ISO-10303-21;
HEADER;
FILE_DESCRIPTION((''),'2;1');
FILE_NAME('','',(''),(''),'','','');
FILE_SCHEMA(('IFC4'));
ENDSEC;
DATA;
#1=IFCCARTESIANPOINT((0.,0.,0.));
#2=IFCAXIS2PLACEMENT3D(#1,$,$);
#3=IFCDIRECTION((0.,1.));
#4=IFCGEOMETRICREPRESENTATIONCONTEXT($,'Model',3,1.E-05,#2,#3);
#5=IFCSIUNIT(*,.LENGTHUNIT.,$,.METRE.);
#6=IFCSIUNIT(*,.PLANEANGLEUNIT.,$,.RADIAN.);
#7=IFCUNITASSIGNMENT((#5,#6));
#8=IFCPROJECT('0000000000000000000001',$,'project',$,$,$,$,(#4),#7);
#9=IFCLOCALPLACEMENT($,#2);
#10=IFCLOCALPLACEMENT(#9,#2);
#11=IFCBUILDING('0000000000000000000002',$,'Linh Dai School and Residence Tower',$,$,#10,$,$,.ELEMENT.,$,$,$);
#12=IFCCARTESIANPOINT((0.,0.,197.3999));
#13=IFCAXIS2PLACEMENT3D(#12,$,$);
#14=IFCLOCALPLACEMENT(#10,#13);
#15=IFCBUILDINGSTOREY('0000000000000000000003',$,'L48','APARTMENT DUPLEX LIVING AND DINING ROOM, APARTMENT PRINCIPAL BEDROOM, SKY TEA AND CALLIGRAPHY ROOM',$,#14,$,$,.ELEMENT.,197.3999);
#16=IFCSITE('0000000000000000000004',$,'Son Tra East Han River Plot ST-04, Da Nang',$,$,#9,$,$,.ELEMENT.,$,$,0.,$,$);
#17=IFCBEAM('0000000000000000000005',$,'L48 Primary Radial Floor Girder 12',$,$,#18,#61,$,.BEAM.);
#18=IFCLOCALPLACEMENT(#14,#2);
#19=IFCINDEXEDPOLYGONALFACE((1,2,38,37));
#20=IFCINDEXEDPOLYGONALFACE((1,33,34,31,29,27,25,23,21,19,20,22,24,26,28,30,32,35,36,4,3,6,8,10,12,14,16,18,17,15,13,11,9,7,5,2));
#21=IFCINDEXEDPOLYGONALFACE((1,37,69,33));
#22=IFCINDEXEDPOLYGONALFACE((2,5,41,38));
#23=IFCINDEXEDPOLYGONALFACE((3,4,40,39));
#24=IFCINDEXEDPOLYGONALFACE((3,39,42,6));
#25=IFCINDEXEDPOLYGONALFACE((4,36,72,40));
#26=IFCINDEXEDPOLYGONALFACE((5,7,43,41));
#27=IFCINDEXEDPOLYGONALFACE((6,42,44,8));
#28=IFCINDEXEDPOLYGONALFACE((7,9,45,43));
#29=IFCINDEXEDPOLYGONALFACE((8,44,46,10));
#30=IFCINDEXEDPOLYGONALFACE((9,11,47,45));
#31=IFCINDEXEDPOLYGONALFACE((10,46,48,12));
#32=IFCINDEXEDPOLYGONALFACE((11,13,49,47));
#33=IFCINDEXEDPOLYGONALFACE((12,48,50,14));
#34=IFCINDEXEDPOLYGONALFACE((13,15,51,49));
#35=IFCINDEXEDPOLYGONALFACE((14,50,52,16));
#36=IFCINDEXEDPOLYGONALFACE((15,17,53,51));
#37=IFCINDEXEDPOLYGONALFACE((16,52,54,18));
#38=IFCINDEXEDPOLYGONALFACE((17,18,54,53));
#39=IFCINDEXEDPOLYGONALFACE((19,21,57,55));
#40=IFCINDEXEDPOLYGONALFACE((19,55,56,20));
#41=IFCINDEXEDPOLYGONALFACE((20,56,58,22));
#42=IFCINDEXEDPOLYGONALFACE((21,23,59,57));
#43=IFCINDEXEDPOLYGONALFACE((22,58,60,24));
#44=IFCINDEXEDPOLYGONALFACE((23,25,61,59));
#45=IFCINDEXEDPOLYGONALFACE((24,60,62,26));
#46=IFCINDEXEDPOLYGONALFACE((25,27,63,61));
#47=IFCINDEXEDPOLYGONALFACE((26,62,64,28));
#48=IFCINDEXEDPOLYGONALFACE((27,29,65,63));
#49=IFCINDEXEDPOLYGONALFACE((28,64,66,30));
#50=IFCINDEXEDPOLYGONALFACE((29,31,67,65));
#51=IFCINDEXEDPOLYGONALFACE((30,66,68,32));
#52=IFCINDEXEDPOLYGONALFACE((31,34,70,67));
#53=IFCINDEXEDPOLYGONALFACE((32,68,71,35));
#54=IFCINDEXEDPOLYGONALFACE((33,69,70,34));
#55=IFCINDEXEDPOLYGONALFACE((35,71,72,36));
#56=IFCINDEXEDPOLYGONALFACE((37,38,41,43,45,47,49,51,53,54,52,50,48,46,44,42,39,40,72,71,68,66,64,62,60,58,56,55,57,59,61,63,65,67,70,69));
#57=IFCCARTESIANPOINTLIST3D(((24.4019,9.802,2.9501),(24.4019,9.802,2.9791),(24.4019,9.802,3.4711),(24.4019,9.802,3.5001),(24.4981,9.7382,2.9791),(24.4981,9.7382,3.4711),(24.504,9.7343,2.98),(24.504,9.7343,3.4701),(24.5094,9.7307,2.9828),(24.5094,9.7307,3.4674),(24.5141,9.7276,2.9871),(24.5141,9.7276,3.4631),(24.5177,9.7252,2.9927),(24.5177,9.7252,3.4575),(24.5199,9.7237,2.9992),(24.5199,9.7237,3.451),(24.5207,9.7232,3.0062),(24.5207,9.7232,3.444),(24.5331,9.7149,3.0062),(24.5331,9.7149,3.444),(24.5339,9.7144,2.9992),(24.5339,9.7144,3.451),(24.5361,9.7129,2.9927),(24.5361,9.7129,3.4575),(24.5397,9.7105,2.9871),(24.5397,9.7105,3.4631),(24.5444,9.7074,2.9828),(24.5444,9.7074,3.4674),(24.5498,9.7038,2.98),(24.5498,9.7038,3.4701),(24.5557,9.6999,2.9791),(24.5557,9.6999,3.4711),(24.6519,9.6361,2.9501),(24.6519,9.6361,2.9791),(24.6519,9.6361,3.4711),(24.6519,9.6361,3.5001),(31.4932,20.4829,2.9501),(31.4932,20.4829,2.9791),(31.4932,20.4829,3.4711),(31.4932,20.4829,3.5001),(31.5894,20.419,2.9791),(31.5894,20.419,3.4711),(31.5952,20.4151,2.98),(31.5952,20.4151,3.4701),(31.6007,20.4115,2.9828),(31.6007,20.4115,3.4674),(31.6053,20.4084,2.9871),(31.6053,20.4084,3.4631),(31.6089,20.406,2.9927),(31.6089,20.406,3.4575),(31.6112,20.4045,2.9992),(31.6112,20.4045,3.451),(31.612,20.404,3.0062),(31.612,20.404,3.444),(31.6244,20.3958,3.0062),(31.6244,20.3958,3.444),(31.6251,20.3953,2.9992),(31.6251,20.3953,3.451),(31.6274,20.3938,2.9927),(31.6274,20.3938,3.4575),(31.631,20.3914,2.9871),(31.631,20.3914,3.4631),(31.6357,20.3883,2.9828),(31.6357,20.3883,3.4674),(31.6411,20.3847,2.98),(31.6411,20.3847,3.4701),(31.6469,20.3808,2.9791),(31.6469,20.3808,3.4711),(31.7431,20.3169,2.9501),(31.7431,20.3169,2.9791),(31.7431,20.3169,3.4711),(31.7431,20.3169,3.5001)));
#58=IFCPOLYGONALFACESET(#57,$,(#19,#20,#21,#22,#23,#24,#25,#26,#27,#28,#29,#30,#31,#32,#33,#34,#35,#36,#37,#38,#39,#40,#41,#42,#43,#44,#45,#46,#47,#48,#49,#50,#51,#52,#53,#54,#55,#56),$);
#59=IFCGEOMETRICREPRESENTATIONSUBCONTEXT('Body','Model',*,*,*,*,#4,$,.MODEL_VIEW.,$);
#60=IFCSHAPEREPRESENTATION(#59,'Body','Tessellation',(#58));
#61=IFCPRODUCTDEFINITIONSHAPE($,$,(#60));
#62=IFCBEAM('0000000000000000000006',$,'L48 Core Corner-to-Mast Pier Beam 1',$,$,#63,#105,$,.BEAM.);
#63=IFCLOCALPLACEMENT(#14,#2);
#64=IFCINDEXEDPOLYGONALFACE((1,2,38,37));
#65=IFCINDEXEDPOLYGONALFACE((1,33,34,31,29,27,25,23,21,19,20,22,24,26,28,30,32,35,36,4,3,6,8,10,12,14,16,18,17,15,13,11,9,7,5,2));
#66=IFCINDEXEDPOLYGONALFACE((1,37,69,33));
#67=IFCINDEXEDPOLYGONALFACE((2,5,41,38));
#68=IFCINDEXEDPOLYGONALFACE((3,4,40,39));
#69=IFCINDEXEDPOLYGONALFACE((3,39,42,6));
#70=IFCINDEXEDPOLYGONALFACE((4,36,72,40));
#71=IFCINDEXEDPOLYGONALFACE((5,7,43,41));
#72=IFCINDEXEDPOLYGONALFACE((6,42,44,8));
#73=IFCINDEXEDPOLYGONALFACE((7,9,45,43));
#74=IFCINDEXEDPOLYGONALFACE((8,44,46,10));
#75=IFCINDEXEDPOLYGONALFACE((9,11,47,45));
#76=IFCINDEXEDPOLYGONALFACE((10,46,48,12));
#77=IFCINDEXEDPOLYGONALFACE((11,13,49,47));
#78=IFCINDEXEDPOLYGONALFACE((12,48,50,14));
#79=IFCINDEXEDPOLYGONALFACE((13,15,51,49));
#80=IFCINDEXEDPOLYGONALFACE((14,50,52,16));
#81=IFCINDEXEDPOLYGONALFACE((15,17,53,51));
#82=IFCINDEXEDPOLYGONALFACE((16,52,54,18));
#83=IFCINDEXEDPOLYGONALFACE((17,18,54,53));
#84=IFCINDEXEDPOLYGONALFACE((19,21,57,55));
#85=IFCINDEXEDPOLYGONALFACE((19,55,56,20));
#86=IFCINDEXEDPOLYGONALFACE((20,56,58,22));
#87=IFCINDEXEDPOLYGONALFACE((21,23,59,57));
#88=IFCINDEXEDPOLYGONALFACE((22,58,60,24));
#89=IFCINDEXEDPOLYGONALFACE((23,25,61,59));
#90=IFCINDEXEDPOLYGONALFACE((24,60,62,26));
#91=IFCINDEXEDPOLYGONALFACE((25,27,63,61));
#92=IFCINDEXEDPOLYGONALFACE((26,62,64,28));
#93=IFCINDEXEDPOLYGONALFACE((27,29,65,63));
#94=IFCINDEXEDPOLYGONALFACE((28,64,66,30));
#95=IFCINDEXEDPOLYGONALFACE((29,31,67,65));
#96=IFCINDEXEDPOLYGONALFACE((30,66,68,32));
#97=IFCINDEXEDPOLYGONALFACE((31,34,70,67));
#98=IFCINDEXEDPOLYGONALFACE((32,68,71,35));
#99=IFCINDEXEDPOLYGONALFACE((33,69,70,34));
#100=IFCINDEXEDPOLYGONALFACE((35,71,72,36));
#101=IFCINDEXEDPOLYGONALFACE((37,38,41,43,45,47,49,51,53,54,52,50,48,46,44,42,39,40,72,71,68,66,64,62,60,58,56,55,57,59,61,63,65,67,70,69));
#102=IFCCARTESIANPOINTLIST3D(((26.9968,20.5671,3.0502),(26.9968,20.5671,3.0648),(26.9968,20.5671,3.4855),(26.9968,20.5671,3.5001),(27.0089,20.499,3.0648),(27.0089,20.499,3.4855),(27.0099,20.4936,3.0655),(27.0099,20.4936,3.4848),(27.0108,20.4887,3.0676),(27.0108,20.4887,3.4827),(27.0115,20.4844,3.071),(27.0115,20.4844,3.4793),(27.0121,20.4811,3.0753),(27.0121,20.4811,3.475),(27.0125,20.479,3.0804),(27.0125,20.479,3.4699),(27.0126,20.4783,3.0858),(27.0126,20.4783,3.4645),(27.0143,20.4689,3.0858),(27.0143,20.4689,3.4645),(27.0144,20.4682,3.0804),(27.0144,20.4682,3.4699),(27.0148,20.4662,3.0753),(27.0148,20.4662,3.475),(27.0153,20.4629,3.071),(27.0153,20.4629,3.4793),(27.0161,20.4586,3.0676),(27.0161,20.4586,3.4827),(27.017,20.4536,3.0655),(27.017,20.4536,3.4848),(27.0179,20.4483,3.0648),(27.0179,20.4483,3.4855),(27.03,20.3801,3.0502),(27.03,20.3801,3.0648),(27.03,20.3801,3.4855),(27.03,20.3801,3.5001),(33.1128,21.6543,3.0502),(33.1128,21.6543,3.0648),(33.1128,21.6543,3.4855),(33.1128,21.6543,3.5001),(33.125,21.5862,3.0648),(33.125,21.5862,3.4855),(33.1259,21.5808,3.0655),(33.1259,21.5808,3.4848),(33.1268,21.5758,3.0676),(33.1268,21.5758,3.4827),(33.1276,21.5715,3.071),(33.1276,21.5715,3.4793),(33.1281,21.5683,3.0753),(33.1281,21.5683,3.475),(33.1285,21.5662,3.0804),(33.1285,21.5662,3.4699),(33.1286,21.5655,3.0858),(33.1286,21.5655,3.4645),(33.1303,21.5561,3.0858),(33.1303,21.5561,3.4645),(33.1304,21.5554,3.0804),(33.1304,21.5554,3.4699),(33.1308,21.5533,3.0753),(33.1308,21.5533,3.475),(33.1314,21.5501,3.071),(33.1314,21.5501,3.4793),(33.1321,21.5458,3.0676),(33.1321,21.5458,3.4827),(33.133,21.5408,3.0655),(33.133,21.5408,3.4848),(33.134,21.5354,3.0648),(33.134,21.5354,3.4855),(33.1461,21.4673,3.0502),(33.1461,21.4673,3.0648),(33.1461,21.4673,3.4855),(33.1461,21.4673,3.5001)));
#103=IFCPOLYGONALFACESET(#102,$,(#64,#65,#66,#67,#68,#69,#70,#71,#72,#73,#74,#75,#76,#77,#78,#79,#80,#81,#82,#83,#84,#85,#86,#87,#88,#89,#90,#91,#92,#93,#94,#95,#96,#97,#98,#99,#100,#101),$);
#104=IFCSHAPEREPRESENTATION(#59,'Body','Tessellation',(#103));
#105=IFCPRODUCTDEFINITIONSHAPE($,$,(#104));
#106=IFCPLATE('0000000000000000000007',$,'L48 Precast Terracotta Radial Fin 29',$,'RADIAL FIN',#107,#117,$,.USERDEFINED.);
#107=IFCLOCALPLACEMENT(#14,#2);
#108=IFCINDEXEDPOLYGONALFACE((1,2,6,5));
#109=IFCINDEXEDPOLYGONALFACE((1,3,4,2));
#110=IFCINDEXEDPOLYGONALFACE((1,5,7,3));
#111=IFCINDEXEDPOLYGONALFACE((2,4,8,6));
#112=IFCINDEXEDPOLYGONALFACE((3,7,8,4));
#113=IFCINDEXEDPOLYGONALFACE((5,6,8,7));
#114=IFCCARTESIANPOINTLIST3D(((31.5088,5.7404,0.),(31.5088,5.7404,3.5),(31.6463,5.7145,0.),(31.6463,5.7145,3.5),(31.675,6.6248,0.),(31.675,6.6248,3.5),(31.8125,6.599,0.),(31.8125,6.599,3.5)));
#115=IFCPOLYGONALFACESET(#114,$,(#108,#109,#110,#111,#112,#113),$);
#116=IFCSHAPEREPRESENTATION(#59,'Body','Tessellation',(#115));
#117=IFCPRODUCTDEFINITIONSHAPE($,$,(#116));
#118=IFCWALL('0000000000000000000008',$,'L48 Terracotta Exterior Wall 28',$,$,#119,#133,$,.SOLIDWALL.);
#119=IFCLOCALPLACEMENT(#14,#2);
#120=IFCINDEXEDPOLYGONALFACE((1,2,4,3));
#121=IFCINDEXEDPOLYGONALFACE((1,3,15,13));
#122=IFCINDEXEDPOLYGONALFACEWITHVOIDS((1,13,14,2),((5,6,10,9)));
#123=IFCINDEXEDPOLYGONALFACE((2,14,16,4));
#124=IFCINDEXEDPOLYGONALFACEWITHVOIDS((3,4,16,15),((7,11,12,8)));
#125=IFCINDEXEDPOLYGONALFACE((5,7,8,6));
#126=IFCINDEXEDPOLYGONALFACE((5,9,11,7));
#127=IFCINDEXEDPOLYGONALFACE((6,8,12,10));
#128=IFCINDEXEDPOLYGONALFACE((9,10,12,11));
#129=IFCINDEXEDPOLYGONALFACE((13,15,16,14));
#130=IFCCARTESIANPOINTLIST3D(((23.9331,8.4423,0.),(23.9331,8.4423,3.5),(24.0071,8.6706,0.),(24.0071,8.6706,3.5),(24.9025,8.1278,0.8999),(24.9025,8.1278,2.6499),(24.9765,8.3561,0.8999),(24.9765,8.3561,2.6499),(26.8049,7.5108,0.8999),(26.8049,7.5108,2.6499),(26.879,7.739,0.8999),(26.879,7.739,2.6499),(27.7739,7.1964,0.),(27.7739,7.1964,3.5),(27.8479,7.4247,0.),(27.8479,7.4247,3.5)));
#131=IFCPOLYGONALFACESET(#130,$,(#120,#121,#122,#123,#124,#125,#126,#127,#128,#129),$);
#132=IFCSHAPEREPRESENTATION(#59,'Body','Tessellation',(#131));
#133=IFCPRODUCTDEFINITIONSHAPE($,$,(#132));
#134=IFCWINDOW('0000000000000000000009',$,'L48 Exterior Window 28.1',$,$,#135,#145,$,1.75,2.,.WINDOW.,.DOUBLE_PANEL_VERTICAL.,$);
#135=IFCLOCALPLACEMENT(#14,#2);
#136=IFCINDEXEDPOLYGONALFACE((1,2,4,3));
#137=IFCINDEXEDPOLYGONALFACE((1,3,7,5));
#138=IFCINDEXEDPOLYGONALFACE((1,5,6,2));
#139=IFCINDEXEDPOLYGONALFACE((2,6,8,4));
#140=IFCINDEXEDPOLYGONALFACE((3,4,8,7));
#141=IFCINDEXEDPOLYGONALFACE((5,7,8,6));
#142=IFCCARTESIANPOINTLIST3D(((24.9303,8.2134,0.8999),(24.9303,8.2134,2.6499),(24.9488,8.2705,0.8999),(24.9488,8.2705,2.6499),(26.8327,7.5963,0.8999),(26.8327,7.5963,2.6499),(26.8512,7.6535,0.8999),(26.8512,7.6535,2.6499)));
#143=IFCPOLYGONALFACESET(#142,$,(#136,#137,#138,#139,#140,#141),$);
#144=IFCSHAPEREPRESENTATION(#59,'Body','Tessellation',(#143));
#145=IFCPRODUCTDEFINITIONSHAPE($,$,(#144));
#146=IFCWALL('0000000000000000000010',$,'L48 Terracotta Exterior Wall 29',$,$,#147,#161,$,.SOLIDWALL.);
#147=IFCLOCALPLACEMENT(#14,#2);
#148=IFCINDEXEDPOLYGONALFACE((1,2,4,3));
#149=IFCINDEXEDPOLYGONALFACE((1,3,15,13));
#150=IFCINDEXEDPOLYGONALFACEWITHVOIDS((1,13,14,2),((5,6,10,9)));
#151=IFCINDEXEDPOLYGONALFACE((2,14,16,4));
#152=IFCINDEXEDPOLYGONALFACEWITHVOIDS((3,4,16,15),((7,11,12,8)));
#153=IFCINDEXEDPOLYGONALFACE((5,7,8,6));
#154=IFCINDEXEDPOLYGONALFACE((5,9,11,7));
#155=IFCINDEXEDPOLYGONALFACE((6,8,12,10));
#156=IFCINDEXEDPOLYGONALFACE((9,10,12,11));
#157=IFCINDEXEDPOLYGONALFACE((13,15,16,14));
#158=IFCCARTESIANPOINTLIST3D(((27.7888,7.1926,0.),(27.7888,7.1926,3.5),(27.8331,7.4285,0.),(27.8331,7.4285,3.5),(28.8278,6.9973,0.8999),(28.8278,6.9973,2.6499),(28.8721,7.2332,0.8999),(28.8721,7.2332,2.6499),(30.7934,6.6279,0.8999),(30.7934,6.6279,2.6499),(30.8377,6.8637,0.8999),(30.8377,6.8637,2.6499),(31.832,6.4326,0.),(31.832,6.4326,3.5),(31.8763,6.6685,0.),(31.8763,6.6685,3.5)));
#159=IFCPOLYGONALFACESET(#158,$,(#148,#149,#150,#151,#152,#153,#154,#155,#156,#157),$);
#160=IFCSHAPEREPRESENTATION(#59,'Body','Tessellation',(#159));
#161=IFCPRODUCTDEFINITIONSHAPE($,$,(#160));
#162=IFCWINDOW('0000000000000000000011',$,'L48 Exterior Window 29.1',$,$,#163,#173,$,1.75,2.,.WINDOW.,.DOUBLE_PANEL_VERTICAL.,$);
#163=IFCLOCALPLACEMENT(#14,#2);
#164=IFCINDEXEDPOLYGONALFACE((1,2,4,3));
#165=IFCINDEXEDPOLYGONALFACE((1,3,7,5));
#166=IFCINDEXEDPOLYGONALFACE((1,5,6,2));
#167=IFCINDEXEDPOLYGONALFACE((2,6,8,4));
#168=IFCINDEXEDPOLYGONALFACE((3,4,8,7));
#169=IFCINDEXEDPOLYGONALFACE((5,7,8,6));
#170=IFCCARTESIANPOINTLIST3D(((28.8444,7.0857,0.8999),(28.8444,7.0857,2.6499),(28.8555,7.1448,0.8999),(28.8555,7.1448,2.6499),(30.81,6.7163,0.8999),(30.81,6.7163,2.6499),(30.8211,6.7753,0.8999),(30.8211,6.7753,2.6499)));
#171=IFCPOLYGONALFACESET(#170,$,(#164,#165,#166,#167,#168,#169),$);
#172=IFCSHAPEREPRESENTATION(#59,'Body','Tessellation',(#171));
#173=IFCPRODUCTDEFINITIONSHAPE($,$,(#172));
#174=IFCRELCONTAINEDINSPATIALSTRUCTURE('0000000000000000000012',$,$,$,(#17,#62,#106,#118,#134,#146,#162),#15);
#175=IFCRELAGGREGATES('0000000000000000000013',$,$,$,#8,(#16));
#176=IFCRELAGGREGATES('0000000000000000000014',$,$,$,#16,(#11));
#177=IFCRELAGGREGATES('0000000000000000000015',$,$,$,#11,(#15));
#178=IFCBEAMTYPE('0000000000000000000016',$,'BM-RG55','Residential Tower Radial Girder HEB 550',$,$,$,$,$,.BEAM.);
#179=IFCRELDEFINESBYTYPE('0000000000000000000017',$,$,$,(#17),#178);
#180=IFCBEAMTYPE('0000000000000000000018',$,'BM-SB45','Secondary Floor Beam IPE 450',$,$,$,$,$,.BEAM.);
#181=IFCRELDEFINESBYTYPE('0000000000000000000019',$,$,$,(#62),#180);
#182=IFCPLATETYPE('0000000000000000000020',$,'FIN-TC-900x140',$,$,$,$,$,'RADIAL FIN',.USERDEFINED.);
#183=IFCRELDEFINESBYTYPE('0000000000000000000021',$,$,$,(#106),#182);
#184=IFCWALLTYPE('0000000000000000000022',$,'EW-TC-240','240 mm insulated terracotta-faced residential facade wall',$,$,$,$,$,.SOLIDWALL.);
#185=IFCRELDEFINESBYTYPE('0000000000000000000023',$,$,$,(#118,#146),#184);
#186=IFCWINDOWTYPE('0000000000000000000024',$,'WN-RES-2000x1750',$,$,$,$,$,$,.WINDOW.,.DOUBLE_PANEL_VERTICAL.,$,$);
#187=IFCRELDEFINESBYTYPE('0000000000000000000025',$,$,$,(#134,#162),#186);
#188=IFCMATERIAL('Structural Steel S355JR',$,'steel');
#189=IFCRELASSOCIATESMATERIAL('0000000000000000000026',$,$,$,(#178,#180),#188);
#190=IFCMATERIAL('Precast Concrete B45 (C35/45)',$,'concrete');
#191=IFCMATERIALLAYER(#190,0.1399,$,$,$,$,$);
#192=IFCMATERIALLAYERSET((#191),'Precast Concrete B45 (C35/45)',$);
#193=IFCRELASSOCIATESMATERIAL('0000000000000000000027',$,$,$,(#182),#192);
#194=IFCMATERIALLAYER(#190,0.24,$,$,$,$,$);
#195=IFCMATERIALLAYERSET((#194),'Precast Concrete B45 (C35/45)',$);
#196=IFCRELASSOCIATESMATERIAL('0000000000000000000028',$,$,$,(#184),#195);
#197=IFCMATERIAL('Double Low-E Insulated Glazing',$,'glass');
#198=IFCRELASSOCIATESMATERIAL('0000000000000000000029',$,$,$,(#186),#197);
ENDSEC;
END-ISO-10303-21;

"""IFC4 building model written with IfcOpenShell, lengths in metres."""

from ifc_helpers import new_model, si_unit, direction, frame, frame_2d, origin, origin_2d, place, context, subcontext, project, spatial, rectangle, i_section, extrude, source, transform, mapped, material, layer, layer_set, material_profile, profile_set, type_object, element, fill, save


model = new_model("IFC4")

# Units and contexts
model_context = context("Model", 3, precision=1e-05, world=origin(), true_north=direction((0.0, 1.0)))
body_context = subcontext(model_context, "Body", "Model", "MODEL_VIEW")
ifc_project = project(units=[si_unit("LENGTHUNIT", "METRE"), si_unit("PLANEANGLEUNIT", "RADIAN")], contexts=[model_context])

# Site, building, storey
site_placement = place(None, origin())
site = spatial("IfcSite", under=ifc_project, at=site_placement, Name="Son Tra East Han River Plot ST-04, Da Nang", CompositionType="ELEMENT", RefElevation=0.0)
building_placement = place(site_placement, origin())
building = spatial("IfcBuilding", under=site, at=building_placement, Name="Linh Dai School and Residence Tower", CompositionType="ELEMENT")
storey_placement = place(building_placement, frame((0.0, 0.0, 197.3999)))
storey = spatial("IfcBuildingStorey", under=building, at=storey_placement, Name="L48", Description="APARTMENT DUPLEX LIVING AND DINING ROOM, APARTMENT PRINCIPAL BEDROOM, SKY TEA AND CALLIGRAPHY ROOM", CompositionType="ELEMENT", Elevation=197.3999)

# Beams
ifc_material_1 = material(Name="Structural Steel S355JR", Category="steel")
ifc_material_profile_1 = material_profile(ifc_material_1, i_section(OverallWidth=0.3, OverallDepth=0.55, WebThickness=0.0149, FlangeThickness=0.0291, FilletRadius=0.0271, at=origin_2d()), Name="HEB 550")
ifc_profile_set_1 = profile_set([ifc_material_profile_1], Name="Structural Steel S355JR")
beam_type_1 = type_object("IfcBeamType", Name="BM-RG55", Description="Residential Tower Radial Girder HEB 550", PredefinedType="BEAM", material=ifc_profile_set_1)
beam_1_placement = place(storey_placement, frame((31.6182, 20.3999, 3.2251), z_axis=(-0.553117, -0.833103, 0.0), x_axis=(0.833103, -0.553117, 0.0)))
element("IfcBeam", 1, at=beam_1_placement, inside=storey, type_object=beam_type_1, Name="L48 Primary Radial Floor Girder 12", PredefinedType="BEAM", context=body_context, shape_type="SweptSolid", body=[
    extrude(i_section(OverallWidth=0.3, OverallDepth=0.55, WebThickness=0.0149, FlangeThickness=0.0291, FilletRadius=0.0271, at=origin_2d()), origin(), (0.0, 0.0, 1.0), 12.8206),
])
ifc_material_profile_2 = material_profile(ifc_material_1, i_section(OverallWidth=0.1899, OverallDepth=0.45, WebThickness=0.0095, FlangeThickness=0.0146, FilletRadius=0.021, at=origin_2d()), Name="IPE 450")
ifc_profile_set_2 = profile_set([ifc_material_profile_2], Name="Structural Steel S355JR")
beam_type_2 = type_object("IfcBeamType", Name="BM-SB45", Description="Secondary Floor Beam IPE 450", PredefinedType="BEAM", material=ifc_profile_set_2)
beam_2_placement = place(storey_placement, frame((27.0134, 20.4736, 3.2751), z_axis=(0.984566, 0.175014, 0.0), x_axis=(-0.175014, 0.984566, 0.0)))
element("IfcBeam", 2, at=beam_2_placement, inside=storey, type_object=beam_type_2, Name="L48 Core Corner-to-Mast Pier Beam 1", PredefinedType="BEAM", context=body_context, shape_type="SweptSolid", body=[
    extrude(i_section(OverallWidth=0.1899, OverallDepth=0.45, WebThickness=0.0095, FlangeThickness=0.0146, FilletRadius=0.021, at=origin_2d()), origin(), (0.0, 0.0, 1.0), 6.2119),
])

# Plate
ifc_material_2 = material(Name="Precast Concrete B45 (C35/45)", Category="concrete")
ifc_layer_1 = layer(ifc_material_2, 0.1399)
ifc_layer_set_1 = layer_set([ifc_layer_1], Name="Precast Concrete B45 (C35/45)")
plate_type = type_object("IfcPlateType", Name="FIN-TC-900x140", ElementType="RADIAL FIN", PredefinedType="USERDEFINED", material=ifc_layer_set_1)
shared_shape_1 = source(origin(), body_context, "Body", "SweptSolid", [
    extrude(rectangle(XDim=0.8999, YDim=0.1399, at=origin_2d()), origin(), (0.0, 0.0, 1.0), 3.5),
])
plate_placement = place(storey_placement, frame((31.6606, 6.1697, 0.0), z_axis=(0.0, 0.0, 1.0), x_axis=(-0.184763, -0.982783, 0.0)))
element("IfcPlate", 3, at=plate_placement, inside=storey, type_object=plate_type, Name="L48 Precast Terracotta Radial Fin 29", ObjectType="RADIAL FIN", PredefinedType="USERDEFINED", context=body_context, shape_type="MappedRepresentation", body=[
    mapped(shared_shape_1, transform((0.0, 0.0, 0.0), x_axis=(1.0, 0.0, 0.0), y_axis=(0.0, 1.0, 0.0), z_axis=(0.0, 0.0, 1.0), scale=1.0)),
])

# Walls, openings, windows
ifc_layer_2 = layer(ifc_material_2, 0.24)
ifc_layer_set_2 = layer_set([ifc_layer_2], Name="Precast Concrete B45 (C35/45)")
wall_type_1 = type_object("IfcWallType", Name="EW-TC-240", Description="240 mm insulated terracotta-faced residential facade wall", PredefinedType="SOLIDWALL", material=ifc_layer_set_2)
wall_1_placement = place(storey_placement, frame((27.811, 7.3105, 0.0), z_axis=(0.0, 0.0, 1.0), x_axis=(-0.95121, 0.308545, 0.0)))
wall_1 = element("IfcWall", 4, at=wall_1_placement, inside=storey, type_object=wall_type_1, Name="L48 Terracotta Exterior Wall 28", PredefinedType="SOLIDWALL", context=body_context, shape_type="SweptSolid", body=[
    extrude(rectangle(XDim=4.0378, YDim=0.24, at=frame_2d((2.019, 0.0))), origin(), (0.0, 0.0, 1.0), 3.5),
])
opening_1_placement = place(wall_1_placement, frame((1.0188, 0.0, 0.8999)))
opening_1 = element("IfcOpeningElement", 5, at=opening_1_placement, cuts=wall_1, PredefinedType="OPENING", context=body_context, shape_type="SweptSolid", body=[
    extrude(rectangle(XDim=2.0, YDim=1.75, at=origin_2d()), frame((1.0, 0.1299, 0.875), z_axis=(0.0, -1.0, 0.0), x_axis=(1.0, 0.0, 0.0)), (0.0, 0.0, 1.0), 0.26),
])
ifc_material_3 = material(Name="Double Low-E Insulated Glazing", Category="glass")
window_type = type_object("IfcWindowType", Name="WN-RES-2000x1750", PartitioningType="DOUBLE_PANEL_VERTICAL", PredefinedType="WINDOW", material=ifc_material_3)
shared_shape_2 = source(origin(), body_context, "Body", "SweptSolid", [
    extrude(rectangle(XDim=2.0, YDim=1.75, at=origin_2d()), frame((1.0, 0.03, 0.875), z_axis=(0.0, -1.0, 0.0), x_axis=(1.0, 0.0, 0.0)), (0.0, 0.0, 1.0), 0.0601),
])
window_1_placement = place(opening_1_placement, origin())
window_1 = element("IfcWindow", 6, at=window_1_placement, inside=storey, type_object=window_type, Name="L48 Exterior Window 28.1", OverallHeight=1.75, OverallWidth=2.0, PartitioningType="DOUBLE_PANEL_VERTICAL", PredefinedType="WINDOW", context=body_context, shape_type="MappedRepresentation", body=[
    mapped(shared_shape_2, transform((0.0, 0.0, 0.0), x_axis=(1.0, 0.0, 0.0), y_axis=(0.0, 1.0, 0.0), z_axis=(0.0, 0.0, 1.0), scale=1.0)),
])
fill(opening_1, window_1)
wall_2_placement = place(storey_placement, frame((31.8542, 6.5505, 0.0), z_axis=(0.0, 0.0, 1.0), x_axis=(-0.982788, 0.184736, 0.0)))
wall_2 = element("IfcWall", 7, at=wall_2_placement, inside=storey, type_object=wall_type_1, Name="L48 Terracotta Exterior Wall 29", PredefinedType="SOLIDWALL", context=body_context, shape_type="SweptSolid", body=[
    extrude(rectangle(XDim=4.114, YDim=0.24, at=frame_2d((2.0571, 0.0))), origin(), (0.0, 0.0, 1.0), 3.5),
])
opening_2_placement = place(wall_2_placement, frame((1.0569, 0.0, 0.8999)))
opening_2 = element("IfcOpeningElement", 8, at=opening_2_placement, cuts=wall_2, PredefinedType="OPENING", context=body_context, shape_type="SweptSolid", body=[
    extrude(rectangle(XDim=2.0, YDim=1.75, at=origin_2d()), frame((1.0, 0.1299, 0.875), z_axis=(0.0, -1.0, 0.0), x_axis=(1.0, 0.0, 0.0)), (0.0, 0.0, 1.0), 0.26),
])
window_2_placement = place(opening_2_placement, origin())
window_2 = element("IfcWindow", 9, at=window_2_placement, inside=storey, type_object=window_type, Name="L48 Exterior Window 29.1", OverallHeight=1.75, OverallWidth=2.0, PartitioningType="DOUBLE_PANEL_VERTICAL", PredefinedType="WINDOW", context=body_context, shape_type="MappedRepresentation", body=[
    mapped(shared_shape_2, transform((0.0, 0.0, 0.0), x_axis=(1.0, 0.0, 0.0), y_axis=(0.0, 1.0, 0.0), z_axis=(0.0, 0.0, 1.0), scale=1.0)),
])
fill(opening_2, window_2)

save(model, "model.ifc")
